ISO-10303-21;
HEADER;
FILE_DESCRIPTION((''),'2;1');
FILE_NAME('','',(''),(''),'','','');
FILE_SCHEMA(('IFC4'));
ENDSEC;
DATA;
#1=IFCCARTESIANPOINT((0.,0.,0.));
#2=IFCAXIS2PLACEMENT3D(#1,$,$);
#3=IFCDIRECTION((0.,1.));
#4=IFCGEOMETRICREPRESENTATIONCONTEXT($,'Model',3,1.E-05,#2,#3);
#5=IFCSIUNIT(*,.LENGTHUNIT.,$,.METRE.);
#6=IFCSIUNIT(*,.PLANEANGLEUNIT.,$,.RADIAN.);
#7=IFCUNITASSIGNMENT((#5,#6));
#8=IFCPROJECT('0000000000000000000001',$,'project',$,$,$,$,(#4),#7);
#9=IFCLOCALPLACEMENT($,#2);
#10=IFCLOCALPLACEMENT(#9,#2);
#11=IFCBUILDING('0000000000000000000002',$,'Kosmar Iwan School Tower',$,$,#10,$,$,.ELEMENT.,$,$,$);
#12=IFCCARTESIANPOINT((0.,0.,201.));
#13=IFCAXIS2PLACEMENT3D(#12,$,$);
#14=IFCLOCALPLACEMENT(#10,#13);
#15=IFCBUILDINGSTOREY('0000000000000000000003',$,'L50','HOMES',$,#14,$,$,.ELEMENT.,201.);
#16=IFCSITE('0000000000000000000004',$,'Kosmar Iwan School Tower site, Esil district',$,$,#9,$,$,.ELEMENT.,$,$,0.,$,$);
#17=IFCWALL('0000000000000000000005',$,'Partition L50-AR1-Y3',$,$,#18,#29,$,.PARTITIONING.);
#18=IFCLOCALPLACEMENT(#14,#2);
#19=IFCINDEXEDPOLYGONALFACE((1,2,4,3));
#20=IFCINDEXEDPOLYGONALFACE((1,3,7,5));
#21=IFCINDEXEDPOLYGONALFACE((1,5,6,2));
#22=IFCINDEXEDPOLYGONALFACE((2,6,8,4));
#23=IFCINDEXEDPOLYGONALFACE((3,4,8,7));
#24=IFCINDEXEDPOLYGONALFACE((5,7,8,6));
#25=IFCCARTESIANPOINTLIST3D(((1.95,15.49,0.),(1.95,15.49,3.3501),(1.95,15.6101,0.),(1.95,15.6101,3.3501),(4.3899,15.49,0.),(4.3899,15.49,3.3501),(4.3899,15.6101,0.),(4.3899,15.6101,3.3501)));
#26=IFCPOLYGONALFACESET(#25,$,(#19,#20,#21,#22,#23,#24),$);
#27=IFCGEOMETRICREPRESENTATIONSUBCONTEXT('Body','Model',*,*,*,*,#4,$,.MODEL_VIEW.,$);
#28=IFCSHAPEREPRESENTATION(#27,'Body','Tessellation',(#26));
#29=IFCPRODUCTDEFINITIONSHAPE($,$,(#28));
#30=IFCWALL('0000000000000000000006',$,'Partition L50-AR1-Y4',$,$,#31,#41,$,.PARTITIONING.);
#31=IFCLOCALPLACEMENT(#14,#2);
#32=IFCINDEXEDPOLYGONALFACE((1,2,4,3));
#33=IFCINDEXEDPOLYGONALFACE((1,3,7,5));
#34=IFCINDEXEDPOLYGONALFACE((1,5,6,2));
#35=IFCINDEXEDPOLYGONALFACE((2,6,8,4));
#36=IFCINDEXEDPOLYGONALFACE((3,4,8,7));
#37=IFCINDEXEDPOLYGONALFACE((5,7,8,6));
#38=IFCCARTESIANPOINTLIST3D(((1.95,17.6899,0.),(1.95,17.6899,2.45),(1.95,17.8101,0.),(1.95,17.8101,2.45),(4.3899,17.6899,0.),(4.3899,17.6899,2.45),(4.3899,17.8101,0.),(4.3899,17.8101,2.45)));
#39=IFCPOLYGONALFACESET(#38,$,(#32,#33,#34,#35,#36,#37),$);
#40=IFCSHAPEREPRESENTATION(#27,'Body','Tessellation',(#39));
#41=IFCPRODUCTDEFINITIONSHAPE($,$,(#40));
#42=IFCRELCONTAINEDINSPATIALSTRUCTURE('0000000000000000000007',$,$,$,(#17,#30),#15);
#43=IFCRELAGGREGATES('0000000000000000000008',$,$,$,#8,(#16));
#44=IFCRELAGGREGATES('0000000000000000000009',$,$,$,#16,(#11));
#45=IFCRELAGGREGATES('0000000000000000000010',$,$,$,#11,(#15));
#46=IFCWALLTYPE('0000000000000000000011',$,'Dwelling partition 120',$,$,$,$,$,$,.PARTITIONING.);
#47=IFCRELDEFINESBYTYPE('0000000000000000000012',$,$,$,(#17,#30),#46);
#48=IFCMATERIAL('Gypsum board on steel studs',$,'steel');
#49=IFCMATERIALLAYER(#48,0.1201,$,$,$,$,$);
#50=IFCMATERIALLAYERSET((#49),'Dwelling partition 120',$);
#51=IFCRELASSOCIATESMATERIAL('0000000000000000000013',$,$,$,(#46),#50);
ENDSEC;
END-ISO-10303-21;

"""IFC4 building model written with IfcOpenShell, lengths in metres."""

from ifc_helpers import new_model, si_unit, direction, frame, frame_2d, origin, place, context, subcontext, project, spatial, rectangle, extrude, material, layer, layer_set, type_object, element, save


model = new_model("IFC4")

# Units and contexts
model_context = context("Model", 3, precision=1e-05, world=origin(), true_north=direction((0.0, 1.0)))
body_context = subcontext(model_context, "Body", "Model", "MODEL_VIEW")
ifc_project = project(units=[si_unit("LENGTHUNIT", "METRE"), si_unit("PLANEANGLEUNIT", "RADIAN")], contexts=[model_context])

# Site, building, storey
site_placement = place(None, origin())
site = spatial("IfcSite", under=ifc_project, at=site_placement, Name="Kosmar Iwan School Tower site, Esil district", CompositionType="ELEMENT", RefElevation=0.0)
building_placement = place(site_placement, origin())
building = spatial("IfcBuilding", under=site, at=building_placement, Name="Kosmar Iwan School Tower", CompositionType="ELEMENT")
storey_placement = place(building_placement, frame((0.0, 0.0, 201.0)))
storey = spatial("IfcBuildingStorey", under=building, at=storey_placement, Name="L50", Description="HOMES", CompositionType="ELEMENT", Elevation=201.0)

# Shared definitions
ifc_material_1 = material(Name="Gypsum board on steel studs", Category="steel")
ifc_layer = layer(ifc_material_1, 0.1201)
ifc_layer_set = layer_set([ifc_layer], Name="Dwelling partition 120")
wall_type = type_object("IfcWallType", Name="Dwelling partition 120", PredefinedType="PARTITIONING", material=ifc_layer_set)

# Walls
wall_1_placement = place(storey_placement, frame((1.95, 15.55, 0.0), z_axis=(0.0, 0.0, 1.0), x_axis=(1.0, 0.0, 0.0)))
element("IfcWall", 1, at=wall_1_placement, inside=storey, type_object=wall_type, Name="Partition L50-AR1-Y3", PredefinedType="PARTITIONING", context=body_context, shape_type="SweptSolid", body=[
    extrude(rectangle(XDim=2.4399, YDim=0.1201, at=frame_2d((1.22, 0.0))), origin(), (0.0, 0.0, 1.0), 3.3501),
])
wall_2_placement = place(storey_placement, frame((1.95, 17.75, 0.0), z_axis=(0.0, 0.0, 1.0), x_axis=(1.0, 0.0, 0.0)))
element("IfcWall", 2, at=wall_2_placement, inside=storey, type_object=wall_type, Name="Partition L50-AR1-Y4", PredefinedType="PARTITIONING", context=body_context, shape_type="SweptSolid", body=[
    extrude(rectangle(XDim=2.4399, YDim=0.1201, at=frame_2d((1.22, 0.0))), origin(), (0.0, 0.0, 1.0), 2.45),
])

save(model, "model.ifc")
